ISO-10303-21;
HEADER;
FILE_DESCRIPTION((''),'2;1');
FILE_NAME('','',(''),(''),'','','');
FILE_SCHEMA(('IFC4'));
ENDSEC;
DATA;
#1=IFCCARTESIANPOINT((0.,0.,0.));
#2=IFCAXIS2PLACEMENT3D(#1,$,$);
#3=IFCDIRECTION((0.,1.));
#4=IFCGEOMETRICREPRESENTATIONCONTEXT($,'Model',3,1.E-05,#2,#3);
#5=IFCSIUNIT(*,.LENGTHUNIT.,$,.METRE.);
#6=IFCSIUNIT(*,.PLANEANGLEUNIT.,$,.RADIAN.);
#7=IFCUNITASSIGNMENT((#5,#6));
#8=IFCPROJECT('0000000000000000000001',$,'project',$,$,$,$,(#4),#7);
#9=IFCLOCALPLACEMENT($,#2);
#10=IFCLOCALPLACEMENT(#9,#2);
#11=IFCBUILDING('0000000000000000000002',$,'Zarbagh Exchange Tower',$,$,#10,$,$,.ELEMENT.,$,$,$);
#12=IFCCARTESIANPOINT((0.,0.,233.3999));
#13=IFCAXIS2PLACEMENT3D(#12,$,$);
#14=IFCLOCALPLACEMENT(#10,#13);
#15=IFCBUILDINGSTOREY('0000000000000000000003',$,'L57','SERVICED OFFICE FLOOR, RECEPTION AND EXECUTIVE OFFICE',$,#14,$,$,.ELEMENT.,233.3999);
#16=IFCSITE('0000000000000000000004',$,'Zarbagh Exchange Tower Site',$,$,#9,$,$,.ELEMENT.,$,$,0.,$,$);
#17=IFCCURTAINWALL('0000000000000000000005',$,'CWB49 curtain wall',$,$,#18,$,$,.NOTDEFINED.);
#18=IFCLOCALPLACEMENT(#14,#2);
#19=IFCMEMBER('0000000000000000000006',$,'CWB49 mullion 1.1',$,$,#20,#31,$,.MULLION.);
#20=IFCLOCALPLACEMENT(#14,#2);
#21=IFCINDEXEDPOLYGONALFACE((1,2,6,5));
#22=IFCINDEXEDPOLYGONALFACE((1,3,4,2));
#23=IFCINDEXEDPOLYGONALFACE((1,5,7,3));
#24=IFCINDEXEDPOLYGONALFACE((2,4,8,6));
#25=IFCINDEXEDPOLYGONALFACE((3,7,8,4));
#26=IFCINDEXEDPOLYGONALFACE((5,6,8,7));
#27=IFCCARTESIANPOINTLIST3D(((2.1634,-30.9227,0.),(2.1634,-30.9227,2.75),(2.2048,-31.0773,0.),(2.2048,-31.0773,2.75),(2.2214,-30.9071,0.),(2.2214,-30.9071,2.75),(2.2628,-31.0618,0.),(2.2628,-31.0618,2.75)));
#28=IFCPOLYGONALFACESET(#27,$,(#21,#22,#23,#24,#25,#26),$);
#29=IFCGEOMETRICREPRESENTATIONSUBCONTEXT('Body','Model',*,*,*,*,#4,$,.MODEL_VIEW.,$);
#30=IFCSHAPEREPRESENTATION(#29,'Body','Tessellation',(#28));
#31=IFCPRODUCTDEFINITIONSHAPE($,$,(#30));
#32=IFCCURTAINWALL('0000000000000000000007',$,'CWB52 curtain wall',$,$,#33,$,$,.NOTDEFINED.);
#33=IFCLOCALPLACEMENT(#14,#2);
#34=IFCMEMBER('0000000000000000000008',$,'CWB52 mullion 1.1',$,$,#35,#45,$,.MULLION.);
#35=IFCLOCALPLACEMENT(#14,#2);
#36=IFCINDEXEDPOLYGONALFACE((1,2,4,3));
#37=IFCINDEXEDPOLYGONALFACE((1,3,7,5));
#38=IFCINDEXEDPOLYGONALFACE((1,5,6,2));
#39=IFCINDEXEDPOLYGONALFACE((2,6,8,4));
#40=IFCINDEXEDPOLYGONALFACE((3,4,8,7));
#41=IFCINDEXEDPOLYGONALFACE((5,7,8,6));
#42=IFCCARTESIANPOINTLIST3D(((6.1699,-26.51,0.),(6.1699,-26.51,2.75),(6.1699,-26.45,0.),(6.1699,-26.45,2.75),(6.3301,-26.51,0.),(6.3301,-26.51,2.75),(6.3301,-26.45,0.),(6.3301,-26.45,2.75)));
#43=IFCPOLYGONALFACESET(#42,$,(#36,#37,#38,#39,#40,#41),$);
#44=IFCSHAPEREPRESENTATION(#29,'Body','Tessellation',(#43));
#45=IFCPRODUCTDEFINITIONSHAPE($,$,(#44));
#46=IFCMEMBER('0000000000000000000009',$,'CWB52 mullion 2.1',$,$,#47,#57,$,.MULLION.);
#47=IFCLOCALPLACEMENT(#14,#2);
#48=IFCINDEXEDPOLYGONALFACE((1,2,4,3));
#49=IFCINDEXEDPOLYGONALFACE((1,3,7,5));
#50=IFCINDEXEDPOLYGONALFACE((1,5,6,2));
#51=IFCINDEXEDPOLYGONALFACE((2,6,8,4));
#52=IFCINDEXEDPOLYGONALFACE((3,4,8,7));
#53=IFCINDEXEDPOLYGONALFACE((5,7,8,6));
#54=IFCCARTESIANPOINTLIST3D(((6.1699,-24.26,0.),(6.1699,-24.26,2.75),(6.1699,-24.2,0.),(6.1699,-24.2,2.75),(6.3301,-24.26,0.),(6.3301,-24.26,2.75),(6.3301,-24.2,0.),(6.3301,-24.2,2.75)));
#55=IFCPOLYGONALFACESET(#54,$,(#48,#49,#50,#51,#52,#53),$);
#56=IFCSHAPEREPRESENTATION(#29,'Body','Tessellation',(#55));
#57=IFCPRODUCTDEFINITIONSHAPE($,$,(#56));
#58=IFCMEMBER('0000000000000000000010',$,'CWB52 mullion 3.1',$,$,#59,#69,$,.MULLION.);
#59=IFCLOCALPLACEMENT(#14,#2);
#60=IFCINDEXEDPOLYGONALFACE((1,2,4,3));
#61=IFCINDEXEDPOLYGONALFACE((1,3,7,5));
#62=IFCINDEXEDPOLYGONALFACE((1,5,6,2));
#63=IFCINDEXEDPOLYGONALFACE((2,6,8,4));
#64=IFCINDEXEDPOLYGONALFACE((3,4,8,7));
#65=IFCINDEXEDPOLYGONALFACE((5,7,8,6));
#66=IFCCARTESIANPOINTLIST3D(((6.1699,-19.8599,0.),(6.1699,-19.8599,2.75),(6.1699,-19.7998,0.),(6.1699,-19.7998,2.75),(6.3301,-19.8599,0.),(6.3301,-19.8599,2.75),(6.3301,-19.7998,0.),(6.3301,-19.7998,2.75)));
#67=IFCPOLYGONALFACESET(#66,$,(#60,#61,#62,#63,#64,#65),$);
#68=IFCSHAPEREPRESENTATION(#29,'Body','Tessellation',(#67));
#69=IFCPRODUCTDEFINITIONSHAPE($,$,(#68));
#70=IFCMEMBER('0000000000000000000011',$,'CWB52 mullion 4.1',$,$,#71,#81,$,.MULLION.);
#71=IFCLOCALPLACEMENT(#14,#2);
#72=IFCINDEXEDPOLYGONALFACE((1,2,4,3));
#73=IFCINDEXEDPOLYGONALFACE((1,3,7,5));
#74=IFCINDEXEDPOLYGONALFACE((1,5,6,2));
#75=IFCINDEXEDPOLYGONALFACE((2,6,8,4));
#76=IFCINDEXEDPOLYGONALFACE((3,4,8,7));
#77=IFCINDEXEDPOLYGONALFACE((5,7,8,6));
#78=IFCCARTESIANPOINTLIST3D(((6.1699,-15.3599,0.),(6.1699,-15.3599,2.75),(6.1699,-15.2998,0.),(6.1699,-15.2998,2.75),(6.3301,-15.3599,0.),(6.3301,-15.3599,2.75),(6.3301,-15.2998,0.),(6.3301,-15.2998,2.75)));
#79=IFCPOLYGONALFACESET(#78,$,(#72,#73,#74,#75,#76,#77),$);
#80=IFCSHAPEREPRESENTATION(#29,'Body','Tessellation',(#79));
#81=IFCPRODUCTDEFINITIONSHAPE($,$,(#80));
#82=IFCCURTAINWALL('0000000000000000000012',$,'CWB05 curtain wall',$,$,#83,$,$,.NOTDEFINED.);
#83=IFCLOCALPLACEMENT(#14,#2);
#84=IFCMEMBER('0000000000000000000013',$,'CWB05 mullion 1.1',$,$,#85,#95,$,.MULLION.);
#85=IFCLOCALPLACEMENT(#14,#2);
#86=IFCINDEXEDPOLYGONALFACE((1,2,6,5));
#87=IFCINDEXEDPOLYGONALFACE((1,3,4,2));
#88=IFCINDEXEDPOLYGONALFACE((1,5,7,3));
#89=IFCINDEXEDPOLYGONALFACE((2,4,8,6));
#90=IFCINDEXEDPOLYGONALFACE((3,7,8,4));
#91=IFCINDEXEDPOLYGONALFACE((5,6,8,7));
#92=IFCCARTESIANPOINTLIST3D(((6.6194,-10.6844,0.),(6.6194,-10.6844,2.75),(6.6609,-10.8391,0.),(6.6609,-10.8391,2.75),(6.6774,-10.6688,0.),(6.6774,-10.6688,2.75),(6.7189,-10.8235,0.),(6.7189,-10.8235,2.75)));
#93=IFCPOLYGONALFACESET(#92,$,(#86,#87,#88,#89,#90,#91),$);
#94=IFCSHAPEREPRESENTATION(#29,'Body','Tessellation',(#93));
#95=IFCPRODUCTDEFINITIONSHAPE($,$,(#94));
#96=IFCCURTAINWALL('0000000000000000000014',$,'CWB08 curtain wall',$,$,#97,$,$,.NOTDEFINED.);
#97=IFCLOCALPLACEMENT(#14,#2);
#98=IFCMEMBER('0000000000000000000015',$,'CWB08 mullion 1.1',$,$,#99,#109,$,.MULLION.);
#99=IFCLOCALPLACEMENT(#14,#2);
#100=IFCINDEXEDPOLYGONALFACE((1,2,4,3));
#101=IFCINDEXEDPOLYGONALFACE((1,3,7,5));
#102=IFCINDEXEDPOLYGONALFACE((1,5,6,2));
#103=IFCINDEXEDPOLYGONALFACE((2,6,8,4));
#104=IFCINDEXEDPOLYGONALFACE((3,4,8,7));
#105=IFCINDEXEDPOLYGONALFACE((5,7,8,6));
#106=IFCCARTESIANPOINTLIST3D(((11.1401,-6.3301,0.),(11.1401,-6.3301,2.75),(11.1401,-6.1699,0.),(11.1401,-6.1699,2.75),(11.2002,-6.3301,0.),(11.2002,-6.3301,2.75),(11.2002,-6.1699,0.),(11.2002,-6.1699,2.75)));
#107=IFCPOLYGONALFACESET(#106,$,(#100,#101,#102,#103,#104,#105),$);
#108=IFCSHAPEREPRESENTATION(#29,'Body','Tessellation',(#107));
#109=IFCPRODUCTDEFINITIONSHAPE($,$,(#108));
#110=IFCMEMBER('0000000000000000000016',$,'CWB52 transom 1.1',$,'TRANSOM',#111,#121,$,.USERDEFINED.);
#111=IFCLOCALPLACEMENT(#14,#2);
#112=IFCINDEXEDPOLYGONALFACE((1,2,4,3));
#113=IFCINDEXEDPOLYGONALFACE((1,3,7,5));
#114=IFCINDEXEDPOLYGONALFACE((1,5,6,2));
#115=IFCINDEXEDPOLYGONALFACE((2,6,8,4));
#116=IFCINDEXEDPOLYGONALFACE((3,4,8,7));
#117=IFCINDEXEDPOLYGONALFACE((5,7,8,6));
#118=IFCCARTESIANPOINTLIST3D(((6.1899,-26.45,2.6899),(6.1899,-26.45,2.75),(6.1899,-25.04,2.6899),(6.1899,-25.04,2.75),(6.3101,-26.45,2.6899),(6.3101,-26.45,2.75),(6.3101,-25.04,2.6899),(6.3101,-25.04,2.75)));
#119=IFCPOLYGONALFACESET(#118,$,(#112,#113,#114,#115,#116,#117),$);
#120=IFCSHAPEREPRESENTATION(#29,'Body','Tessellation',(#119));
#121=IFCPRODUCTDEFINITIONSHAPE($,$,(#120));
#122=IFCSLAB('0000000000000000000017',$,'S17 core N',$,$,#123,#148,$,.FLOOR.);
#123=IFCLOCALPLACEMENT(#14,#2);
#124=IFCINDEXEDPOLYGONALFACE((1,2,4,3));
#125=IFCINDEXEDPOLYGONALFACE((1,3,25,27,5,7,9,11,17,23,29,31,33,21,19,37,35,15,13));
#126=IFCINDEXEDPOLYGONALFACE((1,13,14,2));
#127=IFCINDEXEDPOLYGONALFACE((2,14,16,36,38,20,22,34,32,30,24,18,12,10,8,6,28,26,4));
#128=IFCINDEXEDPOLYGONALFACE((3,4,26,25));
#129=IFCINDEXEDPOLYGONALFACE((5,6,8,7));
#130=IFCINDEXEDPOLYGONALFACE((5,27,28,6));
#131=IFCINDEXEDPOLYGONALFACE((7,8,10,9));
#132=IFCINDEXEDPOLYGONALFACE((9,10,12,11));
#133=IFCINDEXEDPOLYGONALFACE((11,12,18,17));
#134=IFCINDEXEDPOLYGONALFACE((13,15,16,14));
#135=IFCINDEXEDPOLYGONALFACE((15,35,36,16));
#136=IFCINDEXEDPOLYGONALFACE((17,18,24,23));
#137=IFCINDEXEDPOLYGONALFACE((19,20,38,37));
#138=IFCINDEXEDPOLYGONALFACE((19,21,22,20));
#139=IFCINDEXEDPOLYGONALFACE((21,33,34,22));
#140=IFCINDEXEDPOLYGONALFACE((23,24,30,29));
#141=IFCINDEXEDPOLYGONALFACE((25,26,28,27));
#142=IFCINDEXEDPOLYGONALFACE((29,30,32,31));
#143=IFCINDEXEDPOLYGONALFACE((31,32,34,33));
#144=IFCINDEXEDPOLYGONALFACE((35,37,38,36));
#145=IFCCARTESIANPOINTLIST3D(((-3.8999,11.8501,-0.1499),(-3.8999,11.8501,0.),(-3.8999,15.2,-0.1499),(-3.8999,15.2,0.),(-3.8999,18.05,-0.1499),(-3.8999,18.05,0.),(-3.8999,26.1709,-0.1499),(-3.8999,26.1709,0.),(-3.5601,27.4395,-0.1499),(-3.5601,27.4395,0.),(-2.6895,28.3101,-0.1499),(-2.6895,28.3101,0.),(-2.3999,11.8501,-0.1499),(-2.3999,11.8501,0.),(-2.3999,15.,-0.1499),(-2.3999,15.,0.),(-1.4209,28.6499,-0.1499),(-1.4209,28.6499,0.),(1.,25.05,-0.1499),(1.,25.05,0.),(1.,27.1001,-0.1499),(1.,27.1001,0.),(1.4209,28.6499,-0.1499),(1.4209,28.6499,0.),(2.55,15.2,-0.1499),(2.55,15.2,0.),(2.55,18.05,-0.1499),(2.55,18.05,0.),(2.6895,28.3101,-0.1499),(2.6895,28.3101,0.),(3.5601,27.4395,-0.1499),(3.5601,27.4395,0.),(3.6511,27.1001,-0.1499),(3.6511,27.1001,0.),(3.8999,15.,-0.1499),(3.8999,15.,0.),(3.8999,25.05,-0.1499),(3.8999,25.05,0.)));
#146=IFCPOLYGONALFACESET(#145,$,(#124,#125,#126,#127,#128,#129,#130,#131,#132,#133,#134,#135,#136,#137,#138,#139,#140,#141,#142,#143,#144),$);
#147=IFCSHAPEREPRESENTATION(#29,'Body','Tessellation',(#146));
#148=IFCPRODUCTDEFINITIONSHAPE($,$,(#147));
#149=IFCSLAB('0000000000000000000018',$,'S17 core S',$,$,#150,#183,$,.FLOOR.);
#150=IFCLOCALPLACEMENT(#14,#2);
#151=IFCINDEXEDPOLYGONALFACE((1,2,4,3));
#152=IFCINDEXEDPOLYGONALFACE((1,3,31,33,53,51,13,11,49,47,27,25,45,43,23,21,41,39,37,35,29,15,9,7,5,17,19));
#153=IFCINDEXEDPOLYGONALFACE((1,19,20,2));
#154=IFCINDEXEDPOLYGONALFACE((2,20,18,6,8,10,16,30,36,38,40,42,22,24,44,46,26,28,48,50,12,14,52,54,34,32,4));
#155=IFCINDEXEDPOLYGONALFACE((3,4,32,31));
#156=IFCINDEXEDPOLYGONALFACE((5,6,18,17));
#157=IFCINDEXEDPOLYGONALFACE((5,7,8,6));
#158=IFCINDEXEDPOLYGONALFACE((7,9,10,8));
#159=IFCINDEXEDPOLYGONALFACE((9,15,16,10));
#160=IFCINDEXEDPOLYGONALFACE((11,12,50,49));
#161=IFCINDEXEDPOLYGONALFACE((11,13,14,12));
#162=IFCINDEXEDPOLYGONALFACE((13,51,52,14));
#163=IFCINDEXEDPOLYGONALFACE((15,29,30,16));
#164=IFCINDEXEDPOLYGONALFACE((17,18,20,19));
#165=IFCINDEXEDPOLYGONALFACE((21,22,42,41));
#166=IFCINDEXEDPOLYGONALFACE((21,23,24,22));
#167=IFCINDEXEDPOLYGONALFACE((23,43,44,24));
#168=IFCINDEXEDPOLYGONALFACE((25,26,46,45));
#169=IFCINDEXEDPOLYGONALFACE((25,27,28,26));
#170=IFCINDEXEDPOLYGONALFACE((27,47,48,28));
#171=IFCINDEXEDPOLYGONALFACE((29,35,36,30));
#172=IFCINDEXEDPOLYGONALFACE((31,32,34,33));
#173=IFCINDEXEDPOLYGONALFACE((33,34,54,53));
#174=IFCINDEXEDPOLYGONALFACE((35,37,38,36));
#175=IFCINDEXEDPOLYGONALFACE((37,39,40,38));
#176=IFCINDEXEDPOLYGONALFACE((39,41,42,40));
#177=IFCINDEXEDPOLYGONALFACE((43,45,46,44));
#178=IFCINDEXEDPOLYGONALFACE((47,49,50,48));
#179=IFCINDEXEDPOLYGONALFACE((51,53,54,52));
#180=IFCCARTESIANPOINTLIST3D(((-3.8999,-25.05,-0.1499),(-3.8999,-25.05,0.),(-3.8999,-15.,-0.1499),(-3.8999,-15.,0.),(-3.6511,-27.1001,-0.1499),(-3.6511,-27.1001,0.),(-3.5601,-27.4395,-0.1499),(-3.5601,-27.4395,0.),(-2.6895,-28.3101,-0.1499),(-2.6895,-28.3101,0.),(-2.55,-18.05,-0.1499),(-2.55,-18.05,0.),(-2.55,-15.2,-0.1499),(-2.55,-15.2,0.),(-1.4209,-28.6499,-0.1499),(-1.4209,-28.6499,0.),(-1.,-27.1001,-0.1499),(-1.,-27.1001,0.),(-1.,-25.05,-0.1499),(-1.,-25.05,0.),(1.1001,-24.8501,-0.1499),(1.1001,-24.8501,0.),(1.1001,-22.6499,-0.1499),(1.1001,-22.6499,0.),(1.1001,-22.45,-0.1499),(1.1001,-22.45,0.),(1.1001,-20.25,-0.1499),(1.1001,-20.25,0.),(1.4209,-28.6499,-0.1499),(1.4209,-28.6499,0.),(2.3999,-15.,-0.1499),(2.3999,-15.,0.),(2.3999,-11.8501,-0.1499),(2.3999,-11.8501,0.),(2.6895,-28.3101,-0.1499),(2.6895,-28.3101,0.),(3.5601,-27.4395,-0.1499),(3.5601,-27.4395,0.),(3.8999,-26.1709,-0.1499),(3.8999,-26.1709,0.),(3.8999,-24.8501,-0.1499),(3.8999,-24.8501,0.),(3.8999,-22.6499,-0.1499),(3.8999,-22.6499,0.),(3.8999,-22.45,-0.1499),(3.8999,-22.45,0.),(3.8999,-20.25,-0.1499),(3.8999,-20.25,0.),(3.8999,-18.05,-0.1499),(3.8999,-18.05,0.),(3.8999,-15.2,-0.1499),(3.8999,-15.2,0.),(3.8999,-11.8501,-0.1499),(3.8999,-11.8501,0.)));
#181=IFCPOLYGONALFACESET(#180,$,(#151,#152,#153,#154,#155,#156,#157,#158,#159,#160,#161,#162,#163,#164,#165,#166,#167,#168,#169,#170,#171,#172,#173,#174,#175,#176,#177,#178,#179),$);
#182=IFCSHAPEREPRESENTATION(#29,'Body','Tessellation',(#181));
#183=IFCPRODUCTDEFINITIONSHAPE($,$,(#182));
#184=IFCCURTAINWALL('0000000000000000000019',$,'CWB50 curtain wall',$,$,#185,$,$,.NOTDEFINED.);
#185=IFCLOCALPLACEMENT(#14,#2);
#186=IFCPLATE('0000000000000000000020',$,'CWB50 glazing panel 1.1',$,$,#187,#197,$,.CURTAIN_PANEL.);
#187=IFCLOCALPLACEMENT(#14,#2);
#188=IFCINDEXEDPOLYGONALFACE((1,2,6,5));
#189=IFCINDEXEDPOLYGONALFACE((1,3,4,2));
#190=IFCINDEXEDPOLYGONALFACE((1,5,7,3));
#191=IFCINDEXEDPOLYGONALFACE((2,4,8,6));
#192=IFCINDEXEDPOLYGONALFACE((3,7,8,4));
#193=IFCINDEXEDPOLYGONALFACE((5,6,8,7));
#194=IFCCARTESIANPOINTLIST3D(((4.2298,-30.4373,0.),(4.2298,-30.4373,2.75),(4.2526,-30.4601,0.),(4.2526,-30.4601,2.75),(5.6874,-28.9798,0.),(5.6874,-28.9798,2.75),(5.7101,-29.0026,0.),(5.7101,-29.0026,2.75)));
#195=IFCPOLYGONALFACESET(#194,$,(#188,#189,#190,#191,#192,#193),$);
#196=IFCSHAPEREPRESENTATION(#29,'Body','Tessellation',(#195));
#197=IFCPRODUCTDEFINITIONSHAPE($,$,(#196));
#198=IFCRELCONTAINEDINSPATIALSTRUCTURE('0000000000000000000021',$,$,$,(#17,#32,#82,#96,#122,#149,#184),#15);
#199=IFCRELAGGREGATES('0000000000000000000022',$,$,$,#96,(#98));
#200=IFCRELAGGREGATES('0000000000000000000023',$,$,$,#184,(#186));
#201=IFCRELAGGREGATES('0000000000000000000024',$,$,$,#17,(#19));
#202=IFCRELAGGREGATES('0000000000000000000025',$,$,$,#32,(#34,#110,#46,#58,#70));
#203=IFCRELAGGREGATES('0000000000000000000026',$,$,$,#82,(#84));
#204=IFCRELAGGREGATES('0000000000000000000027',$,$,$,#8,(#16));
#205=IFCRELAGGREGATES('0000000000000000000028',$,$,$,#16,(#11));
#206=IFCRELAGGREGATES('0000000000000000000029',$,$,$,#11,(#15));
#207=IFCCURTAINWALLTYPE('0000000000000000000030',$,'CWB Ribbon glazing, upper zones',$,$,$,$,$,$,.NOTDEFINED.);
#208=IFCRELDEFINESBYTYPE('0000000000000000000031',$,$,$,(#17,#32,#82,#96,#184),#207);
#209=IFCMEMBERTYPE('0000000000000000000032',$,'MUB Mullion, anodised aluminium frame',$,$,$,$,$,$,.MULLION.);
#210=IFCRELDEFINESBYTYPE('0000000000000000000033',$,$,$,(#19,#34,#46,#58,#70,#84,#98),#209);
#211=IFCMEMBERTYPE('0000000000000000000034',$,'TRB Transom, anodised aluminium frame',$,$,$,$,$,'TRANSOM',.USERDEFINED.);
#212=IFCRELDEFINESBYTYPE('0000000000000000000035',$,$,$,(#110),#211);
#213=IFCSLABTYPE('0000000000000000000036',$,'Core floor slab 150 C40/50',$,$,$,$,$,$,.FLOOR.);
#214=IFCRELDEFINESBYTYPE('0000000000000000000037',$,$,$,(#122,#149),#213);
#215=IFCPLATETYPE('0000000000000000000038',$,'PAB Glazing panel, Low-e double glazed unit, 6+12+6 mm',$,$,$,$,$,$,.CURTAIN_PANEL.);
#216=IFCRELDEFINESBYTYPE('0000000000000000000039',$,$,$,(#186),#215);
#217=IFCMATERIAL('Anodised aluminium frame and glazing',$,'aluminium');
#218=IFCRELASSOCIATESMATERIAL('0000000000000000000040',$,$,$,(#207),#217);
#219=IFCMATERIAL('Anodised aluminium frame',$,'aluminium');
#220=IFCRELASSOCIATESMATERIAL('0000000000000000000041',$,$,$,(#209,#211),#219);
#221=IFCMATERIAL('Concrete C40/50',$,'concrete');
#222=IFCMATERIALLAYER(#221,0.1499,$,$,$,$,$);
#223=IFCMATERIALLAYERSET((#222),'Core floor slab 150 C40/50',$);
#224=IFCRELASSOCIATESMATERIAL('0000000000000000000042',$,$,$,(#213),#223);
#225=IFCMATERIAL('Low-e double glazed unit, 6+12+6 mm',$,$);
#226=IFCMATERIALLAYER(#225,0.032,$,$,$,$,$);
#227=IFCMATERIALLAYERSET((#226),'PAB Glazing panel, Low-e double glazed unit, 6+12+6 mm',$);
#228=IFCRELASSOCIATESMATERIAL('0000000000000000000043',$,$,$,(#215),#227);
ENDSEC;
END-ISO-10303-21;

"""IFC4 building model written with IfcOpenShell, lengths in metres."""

from ifc_helpers import new_model, si_unit, direction, frame, origin, place, context, subcontext, project, spatial, polyline, outline, extrude, source, transform, mapped, material, layer, layer_set, type_object, element, aggregate, save


model = new_model("IFC4")

# Units and contexts
model_context = context("Model", 3, precision=1e-05, world=origin(), true_north=direction((0.0, 1.0)))
body_context = subcontext(model_context, "Body", "Model", "MODEL_VIEW")
ifc_project = project(units=[si_unit("LENGTHUNIT", "METRE"), si_unit("PLANEANGLEUNIT", "RADIAN")], contexts=[model_context])

# Site, building, storey
site_placement = place(None, origin())
site = spatial("IfcSite", under=ifc_project, at=site_placement, Name="Zarbagh Exchange Tower Site", CompositionType="ELEMENT", RefElevation=0.0)
building_placement = place(site_placement, origin())
building = spatial("IfcBuilding", under=site, at=building_placement, Name="Zarbagh Exchange Tower", CompositionType="ELEMENT")
storey_placement = place(building_placement, frame((0.0, 0.0, 233.3999)))
storey = spatial("IfcBuildingStorey", under=building, at=storey_placement, Name="L57", Description="SERVICED OFFICE FLOOR, RECEPTION AND EXECUTIVE OFFICE", CompositionType="ELEMENT", Elevation=233.3999)

# Curtain wall, member
ifc_material_1 = material(Name="Anodised aluminium frame and glazing", Category="aluminium")
curtain_wall_type = type_object("IfcCurtainWallType", Name="CWB Ribbon glazing, upper zones", PredefinedType="NOTDEFINED", material=ifc_material_1)
curtain_wall_1_placement = place(storey_placement, origin())
curtain_wall_1 = element("IfcCurtainWall", 1, at=curtain_wall_1_placement, inside=storey, type_object=curtain_wall_type, Name="CWB49 curtain wall", PredefinedType="NOTDEFINED")
ifc_material_2 = material(Name="Anodised aluminium frame", Category="aluminium")
member_type_1 = type_object("IfcMemberType", Name="MUB Mullion, anodised aluminium frame", PredefinedType="MULLION", material=ifc_material_2)
shared_shape_1 = source(origin(), body_context, "Body", "SweptSolid", [
    extrude(outline(polyline([(0.0, -0.0801), (0.0601, -0.0801), (0.0601, 0.0801), (0.0, 0.0801), (0.0, -0.0801)])), origin(), (0.0, 0.0, 1.0), 2.75),
])
placement = place(storey_placement, origin())
member_1 = element("IfcMember", 2, at=placement, type_object=member_type_1, Name="CWB49 mullion 1.1", PredefinedType="MULLION", context=body_context, shape_type="MappedRepresentation", body=[
    mapped(shared_shape_1, transform((2.1841, -31.0, 0.0), x_axis=(0.965924, 0.258825, 0.0), y_axis=(-0.258825, 0.965924, 0.0), z_axis=(0.0, 0.0, 1.0))),
])

# Curtain wall, members
curtain_wall_2_placement = place(storey_placement, origin())
curtain_wall_2 = element("IfcCurtainWall", 3, at=curtain_wall_2_placement, inside=storey, type_object=curtain_wall_type, Name="CWB52 curtain wall", PredefinedType="NOTDEFINED")
member_2 = element("IfcMember", 4, at=placement, type_object=member_type_1, Name="CWB52 mullion 1.1", PredefinedType="MULLION", context=body_context, shape_type="MappedRepresentation", body=[
    mapped(shared_shape_1, transform((6.25, -26.51, 0.0), x_axis=(0.0, 1.0, 0.0), y_axis=(-1.0, 0.0, 0.0), z_axis=(0.0, 0.0, 1.0))),
])
member_3 = element("IfcMember", 5, at=placement, type_object=member_type_1, Name="CWB52 mullion 2.1", PredefinedType="MULLION", context=body_context, shape_type="MappedRepresentation", body=[
    mapped(shared_shape_1, transform((6.25, -24.26, 0.0), x_axis=(0.0, 1.0, 0.0), y_axis=(-1.0, 0.0, 0.0), z_axis=(0.0, 0.0, 1.0))),
])
member_4 = element("IfcMember", 6, at=placement, type_object=member_type_1, Name="CWB52 mullion 3.1", PredefinedType="MULLION", context=body_context, shape_type="MappedRepresentation", body=[
    mapped(shared_shape_1, transform((6.25, -19.8599, 0.0), x_axis=(0.0, 1.0, 0.0), y_axis=(-1.0, 0.0, 0.0), z_axis=(0.0, 0.0, 1.0))),
])
member_5 = element("IfcMember", 7, at=placement, type_object=member_type_1, Name="CWB52 mullion 4.1", PredefinedType="MULLION", context=body_context, shape_type="MappedRepresentation", body=[
    mapped(shared_shape_1, transform((6.25, -15.3599, 0.0), x_axis=(0.0, 1.0, 0.0), y_axis=(-1.0, 0.0, 0.0), z_axis=(0.0, 0.0, 1.0))),
])

# Curtain walls, members
curtain_wall_3_placement = place(storey_placement, origin())
curtain_wall_3 = element("IfcCurtainWall", 8, at=curtain_wall_3_placement, inside=storey, type_object=curtain_wall_type, Name="CWB05 curtain wall", PredefinedType="NOTDEFINED")
member_6 = element("IfcMember", 9, at=placement, type_object=member_type_1, Name="CWB05 mullion 1.1", PredefinedType="MULLION", context=body_context, shape_type="MappedRepresentation", body=[
    mapped(shared_shape_1, transform((6.6401, -10.7617, 0.0), x_axis=(0.965924, 0.258825, 0.0), y_axis=(-0.258825, 0.965924, 0.0), z_axis=(0.0, 0.0, 1.0))),
])
curtain_wall_4_placement = place(storey_placement, origin())
curtain_wall_4 = element("IfcCurtainWall", 10, at=curtain_wall_4_placement, inside=storey, type_object=curtain_wall_type, Name="CWB08 curtain wall", PredefinedType="NOTDEFINED")
member_7 = element("IfcMember", 11, at=placement, type_object=member_type_1, Name="CWB08 mullion 1.1", PredefinedType="MULLION", context=body_context, shape_type="MappedRepresentation", body=[
    mapped(shared_shape_1, transform((11.1401, -6.25, 0.0), x_axis=(1.0, 0.0, 0.0), y_axis=(0.0, 1.0, 0.0), z_axis=(0.0, 0.0, 1.0))),
])
aggregate(curtain_wall_4, [member_7])

# Member
member_type_2 = type_object("IfcMemberType", Name="TRB Transom, anodised aluminium frame", ElementType="TRANSOM", PredefinedType="USERDEFINED", material=ifc_material_2)
shared_shape_2 = source(origin(), body_context, "Body", "SweptSolid", [
    extrude(outline(polyline([(-0.0601, -0.0601), (0.0, -0.0601), (0.0, 0.0601), (-0.0601, 0.0601), (-0.0601, -0.0601)])), origin(), (0.0, 0.0, 1.0), 1.4099),
])
member_8 = element("IfcMember", 12, at=placement, type_object=member_type_2, Name="CWB52 transom 1.1", ObjectType="TRANSOM", PredefinedType="USERDEFINED", context=body_context, shape_type="MappedRepresentation", body=[
    mapped(shared_shape_2, transform((6.25, -26.45, 2.75), x_axis=(0.0, 0.0, 1.0), y_axis=(1.0, 0.0, 0.0), z_axis=(0.0, 1.0, 0.0))),
])

# Slabs
ifc_material_3 = material(Name="Concrete C40/50", Category="concrete")
ifc_layer_1 = layer(ifc_material_3, 0.1499)
ifc_layer_set_1 = layer_set([ifc_layer_1], Name="Core floor slab 150 C40/50")
slab_type = type_object("IfcSlabType", Name="Core floor slab 150 C40/50", PredefinedType="FLOOR", material=ifc_layer_set_1)
slab_1_placement = place(storey_placement, frame((0.0, 0.0, -0.1499)))
element("IfcSlab", 13, at=slab_1_placement, inside=storey, type_object=slab_type, Name="S17 core N", PredefinedType="FLOOR", context=body_context, shape_type="SweptSolid", body=[
    extrude(outline(polyline([(-3.8999, 11.8501), (-3.8999, 15.2), (2.55, 15.2), (2.55, 18.05), (-3.8999, 18.05), (-3.8999, 26.1709), (-3.5601, 27.4395), (-2.6895, 28.3101), (-1.4209, 28.6499), (1.4209, 28.6499), (2.6895, 28.3101), (3.5601, 27.4395), (3.6511, 27.1001), (1.0, 27.1001), (1.0, 25.05), (3.8999, 25.05), (3.8999, 15.0), (-2.3999, 15.0), (-2.3999, 11.8501), (-3.8999, 11.8501)])), origin(), (0.0, 0.0, 1.0), 0.1499),
])
slab_2_placement = place(storey_placement, frame((0.0, 0.0, -0.1499)))
element("IfcSlab", 14, at=slab_2_placement, inside=storey, type_object=slab_type, Name="S17 core S", PredefinedType="FLOOR", context=body_context, shape_type="SweptSolid", body=[
    extrude(outline(polyline([(-2.6895, -28.3101), (-3.5601, -27.4395), (-3.6511, -27.1001), (-1.0, -27.1001), (-1.0, -25.05), (-3.8999, -25.05), (-3.8999, -15.0), (2.3999, -15.0), (2.3999, -11.8501), (3.8999, -11.8501), (3.8999, -15.2), (-2.55, -15.2), (-2.55, -18.05), (3.8999, -18.05), (3.8999, -20.25), (1.1001, -20.25), (1.1001, -22.45), (3.8999, -22.45), (3.8999, -22.6499), (1.1001, -22.6499), (1.1001, -24.8501), (3.8999, -24.8501), (3.8999, -26.1709), (3.5601, -27.4395), (2.6895, -28.3101), (1.4209, -28.6499), (-1.4209, -28.6499), (-2.6895, -28.3101)])), origin(), (0.0, 0.0, 1.0), 0.1499),
])

# Curtain wall, plate
curtain_wall_5_placement = place(storey_placement, origin())
curtain_wall_5 = element("IfcCurtainWall", 15, at=curtain_wall_5_placement, inside=storey, type_object=curtain_wall_type, Name="CWB50 curtain wall", PredefinedType="NOTDEFINED")
ifc_material_4 = material(Name="Low-e double glazed unit, 6+12+6 mm")
ifc_layer_2 = layer(ifc_material_4, 0.032)
ifc_layer_set_2 = layer_set([ifc_layer_2], Name="PAB Glazing panel, Low-e double glazed unit, 6+12+6 mm")
plate_type = type_object("IfcPlateType", Name="PAB Glazing panel, Low-e double glazed unit, 6+12+6 mm", PredefinedType="CURTAIN_PANEL", material=ifc_layer_set_2)
shared_shape_3 = source(origin(), body_context, "Body", "SweptSolid", [
    extrude(outline(polyline([(0.0, -0.0161), (2.0613, -0.0161), (2.0613, 0.0161), (0.0, 0.0161), (0.0, -0.0161)])), origin(), (0.0, 0.0, 1.0), 2.75),
])
plate_1 = element("IfcPlate", 16, at=placement, type_object=plate_type, Name="CWB50 glazing panel 1.1", PredefinedType="CURTAIN_PANEL", context=body_context, shape_type="MappedRepresentation", body=[
    mapped(shared_shape_3, transform((4.2412, -30.4487, 0.0), x_axis=(0.707107, 0.707107, 0.0), y_axis=(-0.707107, 0.707107, 0.0), z_axis=(0.0, 0.0, 1.0))),
])
aggregate(curtain_wall_5, [plate_1])

aggregate(curtain_wall_1, [member_1])

aggregate(curtain_wall_2, [member_2, member_8, member_3, member_4, member_5])
aggregate(curtain_wall_3, [member_6])

save(model, "model.ifc")
